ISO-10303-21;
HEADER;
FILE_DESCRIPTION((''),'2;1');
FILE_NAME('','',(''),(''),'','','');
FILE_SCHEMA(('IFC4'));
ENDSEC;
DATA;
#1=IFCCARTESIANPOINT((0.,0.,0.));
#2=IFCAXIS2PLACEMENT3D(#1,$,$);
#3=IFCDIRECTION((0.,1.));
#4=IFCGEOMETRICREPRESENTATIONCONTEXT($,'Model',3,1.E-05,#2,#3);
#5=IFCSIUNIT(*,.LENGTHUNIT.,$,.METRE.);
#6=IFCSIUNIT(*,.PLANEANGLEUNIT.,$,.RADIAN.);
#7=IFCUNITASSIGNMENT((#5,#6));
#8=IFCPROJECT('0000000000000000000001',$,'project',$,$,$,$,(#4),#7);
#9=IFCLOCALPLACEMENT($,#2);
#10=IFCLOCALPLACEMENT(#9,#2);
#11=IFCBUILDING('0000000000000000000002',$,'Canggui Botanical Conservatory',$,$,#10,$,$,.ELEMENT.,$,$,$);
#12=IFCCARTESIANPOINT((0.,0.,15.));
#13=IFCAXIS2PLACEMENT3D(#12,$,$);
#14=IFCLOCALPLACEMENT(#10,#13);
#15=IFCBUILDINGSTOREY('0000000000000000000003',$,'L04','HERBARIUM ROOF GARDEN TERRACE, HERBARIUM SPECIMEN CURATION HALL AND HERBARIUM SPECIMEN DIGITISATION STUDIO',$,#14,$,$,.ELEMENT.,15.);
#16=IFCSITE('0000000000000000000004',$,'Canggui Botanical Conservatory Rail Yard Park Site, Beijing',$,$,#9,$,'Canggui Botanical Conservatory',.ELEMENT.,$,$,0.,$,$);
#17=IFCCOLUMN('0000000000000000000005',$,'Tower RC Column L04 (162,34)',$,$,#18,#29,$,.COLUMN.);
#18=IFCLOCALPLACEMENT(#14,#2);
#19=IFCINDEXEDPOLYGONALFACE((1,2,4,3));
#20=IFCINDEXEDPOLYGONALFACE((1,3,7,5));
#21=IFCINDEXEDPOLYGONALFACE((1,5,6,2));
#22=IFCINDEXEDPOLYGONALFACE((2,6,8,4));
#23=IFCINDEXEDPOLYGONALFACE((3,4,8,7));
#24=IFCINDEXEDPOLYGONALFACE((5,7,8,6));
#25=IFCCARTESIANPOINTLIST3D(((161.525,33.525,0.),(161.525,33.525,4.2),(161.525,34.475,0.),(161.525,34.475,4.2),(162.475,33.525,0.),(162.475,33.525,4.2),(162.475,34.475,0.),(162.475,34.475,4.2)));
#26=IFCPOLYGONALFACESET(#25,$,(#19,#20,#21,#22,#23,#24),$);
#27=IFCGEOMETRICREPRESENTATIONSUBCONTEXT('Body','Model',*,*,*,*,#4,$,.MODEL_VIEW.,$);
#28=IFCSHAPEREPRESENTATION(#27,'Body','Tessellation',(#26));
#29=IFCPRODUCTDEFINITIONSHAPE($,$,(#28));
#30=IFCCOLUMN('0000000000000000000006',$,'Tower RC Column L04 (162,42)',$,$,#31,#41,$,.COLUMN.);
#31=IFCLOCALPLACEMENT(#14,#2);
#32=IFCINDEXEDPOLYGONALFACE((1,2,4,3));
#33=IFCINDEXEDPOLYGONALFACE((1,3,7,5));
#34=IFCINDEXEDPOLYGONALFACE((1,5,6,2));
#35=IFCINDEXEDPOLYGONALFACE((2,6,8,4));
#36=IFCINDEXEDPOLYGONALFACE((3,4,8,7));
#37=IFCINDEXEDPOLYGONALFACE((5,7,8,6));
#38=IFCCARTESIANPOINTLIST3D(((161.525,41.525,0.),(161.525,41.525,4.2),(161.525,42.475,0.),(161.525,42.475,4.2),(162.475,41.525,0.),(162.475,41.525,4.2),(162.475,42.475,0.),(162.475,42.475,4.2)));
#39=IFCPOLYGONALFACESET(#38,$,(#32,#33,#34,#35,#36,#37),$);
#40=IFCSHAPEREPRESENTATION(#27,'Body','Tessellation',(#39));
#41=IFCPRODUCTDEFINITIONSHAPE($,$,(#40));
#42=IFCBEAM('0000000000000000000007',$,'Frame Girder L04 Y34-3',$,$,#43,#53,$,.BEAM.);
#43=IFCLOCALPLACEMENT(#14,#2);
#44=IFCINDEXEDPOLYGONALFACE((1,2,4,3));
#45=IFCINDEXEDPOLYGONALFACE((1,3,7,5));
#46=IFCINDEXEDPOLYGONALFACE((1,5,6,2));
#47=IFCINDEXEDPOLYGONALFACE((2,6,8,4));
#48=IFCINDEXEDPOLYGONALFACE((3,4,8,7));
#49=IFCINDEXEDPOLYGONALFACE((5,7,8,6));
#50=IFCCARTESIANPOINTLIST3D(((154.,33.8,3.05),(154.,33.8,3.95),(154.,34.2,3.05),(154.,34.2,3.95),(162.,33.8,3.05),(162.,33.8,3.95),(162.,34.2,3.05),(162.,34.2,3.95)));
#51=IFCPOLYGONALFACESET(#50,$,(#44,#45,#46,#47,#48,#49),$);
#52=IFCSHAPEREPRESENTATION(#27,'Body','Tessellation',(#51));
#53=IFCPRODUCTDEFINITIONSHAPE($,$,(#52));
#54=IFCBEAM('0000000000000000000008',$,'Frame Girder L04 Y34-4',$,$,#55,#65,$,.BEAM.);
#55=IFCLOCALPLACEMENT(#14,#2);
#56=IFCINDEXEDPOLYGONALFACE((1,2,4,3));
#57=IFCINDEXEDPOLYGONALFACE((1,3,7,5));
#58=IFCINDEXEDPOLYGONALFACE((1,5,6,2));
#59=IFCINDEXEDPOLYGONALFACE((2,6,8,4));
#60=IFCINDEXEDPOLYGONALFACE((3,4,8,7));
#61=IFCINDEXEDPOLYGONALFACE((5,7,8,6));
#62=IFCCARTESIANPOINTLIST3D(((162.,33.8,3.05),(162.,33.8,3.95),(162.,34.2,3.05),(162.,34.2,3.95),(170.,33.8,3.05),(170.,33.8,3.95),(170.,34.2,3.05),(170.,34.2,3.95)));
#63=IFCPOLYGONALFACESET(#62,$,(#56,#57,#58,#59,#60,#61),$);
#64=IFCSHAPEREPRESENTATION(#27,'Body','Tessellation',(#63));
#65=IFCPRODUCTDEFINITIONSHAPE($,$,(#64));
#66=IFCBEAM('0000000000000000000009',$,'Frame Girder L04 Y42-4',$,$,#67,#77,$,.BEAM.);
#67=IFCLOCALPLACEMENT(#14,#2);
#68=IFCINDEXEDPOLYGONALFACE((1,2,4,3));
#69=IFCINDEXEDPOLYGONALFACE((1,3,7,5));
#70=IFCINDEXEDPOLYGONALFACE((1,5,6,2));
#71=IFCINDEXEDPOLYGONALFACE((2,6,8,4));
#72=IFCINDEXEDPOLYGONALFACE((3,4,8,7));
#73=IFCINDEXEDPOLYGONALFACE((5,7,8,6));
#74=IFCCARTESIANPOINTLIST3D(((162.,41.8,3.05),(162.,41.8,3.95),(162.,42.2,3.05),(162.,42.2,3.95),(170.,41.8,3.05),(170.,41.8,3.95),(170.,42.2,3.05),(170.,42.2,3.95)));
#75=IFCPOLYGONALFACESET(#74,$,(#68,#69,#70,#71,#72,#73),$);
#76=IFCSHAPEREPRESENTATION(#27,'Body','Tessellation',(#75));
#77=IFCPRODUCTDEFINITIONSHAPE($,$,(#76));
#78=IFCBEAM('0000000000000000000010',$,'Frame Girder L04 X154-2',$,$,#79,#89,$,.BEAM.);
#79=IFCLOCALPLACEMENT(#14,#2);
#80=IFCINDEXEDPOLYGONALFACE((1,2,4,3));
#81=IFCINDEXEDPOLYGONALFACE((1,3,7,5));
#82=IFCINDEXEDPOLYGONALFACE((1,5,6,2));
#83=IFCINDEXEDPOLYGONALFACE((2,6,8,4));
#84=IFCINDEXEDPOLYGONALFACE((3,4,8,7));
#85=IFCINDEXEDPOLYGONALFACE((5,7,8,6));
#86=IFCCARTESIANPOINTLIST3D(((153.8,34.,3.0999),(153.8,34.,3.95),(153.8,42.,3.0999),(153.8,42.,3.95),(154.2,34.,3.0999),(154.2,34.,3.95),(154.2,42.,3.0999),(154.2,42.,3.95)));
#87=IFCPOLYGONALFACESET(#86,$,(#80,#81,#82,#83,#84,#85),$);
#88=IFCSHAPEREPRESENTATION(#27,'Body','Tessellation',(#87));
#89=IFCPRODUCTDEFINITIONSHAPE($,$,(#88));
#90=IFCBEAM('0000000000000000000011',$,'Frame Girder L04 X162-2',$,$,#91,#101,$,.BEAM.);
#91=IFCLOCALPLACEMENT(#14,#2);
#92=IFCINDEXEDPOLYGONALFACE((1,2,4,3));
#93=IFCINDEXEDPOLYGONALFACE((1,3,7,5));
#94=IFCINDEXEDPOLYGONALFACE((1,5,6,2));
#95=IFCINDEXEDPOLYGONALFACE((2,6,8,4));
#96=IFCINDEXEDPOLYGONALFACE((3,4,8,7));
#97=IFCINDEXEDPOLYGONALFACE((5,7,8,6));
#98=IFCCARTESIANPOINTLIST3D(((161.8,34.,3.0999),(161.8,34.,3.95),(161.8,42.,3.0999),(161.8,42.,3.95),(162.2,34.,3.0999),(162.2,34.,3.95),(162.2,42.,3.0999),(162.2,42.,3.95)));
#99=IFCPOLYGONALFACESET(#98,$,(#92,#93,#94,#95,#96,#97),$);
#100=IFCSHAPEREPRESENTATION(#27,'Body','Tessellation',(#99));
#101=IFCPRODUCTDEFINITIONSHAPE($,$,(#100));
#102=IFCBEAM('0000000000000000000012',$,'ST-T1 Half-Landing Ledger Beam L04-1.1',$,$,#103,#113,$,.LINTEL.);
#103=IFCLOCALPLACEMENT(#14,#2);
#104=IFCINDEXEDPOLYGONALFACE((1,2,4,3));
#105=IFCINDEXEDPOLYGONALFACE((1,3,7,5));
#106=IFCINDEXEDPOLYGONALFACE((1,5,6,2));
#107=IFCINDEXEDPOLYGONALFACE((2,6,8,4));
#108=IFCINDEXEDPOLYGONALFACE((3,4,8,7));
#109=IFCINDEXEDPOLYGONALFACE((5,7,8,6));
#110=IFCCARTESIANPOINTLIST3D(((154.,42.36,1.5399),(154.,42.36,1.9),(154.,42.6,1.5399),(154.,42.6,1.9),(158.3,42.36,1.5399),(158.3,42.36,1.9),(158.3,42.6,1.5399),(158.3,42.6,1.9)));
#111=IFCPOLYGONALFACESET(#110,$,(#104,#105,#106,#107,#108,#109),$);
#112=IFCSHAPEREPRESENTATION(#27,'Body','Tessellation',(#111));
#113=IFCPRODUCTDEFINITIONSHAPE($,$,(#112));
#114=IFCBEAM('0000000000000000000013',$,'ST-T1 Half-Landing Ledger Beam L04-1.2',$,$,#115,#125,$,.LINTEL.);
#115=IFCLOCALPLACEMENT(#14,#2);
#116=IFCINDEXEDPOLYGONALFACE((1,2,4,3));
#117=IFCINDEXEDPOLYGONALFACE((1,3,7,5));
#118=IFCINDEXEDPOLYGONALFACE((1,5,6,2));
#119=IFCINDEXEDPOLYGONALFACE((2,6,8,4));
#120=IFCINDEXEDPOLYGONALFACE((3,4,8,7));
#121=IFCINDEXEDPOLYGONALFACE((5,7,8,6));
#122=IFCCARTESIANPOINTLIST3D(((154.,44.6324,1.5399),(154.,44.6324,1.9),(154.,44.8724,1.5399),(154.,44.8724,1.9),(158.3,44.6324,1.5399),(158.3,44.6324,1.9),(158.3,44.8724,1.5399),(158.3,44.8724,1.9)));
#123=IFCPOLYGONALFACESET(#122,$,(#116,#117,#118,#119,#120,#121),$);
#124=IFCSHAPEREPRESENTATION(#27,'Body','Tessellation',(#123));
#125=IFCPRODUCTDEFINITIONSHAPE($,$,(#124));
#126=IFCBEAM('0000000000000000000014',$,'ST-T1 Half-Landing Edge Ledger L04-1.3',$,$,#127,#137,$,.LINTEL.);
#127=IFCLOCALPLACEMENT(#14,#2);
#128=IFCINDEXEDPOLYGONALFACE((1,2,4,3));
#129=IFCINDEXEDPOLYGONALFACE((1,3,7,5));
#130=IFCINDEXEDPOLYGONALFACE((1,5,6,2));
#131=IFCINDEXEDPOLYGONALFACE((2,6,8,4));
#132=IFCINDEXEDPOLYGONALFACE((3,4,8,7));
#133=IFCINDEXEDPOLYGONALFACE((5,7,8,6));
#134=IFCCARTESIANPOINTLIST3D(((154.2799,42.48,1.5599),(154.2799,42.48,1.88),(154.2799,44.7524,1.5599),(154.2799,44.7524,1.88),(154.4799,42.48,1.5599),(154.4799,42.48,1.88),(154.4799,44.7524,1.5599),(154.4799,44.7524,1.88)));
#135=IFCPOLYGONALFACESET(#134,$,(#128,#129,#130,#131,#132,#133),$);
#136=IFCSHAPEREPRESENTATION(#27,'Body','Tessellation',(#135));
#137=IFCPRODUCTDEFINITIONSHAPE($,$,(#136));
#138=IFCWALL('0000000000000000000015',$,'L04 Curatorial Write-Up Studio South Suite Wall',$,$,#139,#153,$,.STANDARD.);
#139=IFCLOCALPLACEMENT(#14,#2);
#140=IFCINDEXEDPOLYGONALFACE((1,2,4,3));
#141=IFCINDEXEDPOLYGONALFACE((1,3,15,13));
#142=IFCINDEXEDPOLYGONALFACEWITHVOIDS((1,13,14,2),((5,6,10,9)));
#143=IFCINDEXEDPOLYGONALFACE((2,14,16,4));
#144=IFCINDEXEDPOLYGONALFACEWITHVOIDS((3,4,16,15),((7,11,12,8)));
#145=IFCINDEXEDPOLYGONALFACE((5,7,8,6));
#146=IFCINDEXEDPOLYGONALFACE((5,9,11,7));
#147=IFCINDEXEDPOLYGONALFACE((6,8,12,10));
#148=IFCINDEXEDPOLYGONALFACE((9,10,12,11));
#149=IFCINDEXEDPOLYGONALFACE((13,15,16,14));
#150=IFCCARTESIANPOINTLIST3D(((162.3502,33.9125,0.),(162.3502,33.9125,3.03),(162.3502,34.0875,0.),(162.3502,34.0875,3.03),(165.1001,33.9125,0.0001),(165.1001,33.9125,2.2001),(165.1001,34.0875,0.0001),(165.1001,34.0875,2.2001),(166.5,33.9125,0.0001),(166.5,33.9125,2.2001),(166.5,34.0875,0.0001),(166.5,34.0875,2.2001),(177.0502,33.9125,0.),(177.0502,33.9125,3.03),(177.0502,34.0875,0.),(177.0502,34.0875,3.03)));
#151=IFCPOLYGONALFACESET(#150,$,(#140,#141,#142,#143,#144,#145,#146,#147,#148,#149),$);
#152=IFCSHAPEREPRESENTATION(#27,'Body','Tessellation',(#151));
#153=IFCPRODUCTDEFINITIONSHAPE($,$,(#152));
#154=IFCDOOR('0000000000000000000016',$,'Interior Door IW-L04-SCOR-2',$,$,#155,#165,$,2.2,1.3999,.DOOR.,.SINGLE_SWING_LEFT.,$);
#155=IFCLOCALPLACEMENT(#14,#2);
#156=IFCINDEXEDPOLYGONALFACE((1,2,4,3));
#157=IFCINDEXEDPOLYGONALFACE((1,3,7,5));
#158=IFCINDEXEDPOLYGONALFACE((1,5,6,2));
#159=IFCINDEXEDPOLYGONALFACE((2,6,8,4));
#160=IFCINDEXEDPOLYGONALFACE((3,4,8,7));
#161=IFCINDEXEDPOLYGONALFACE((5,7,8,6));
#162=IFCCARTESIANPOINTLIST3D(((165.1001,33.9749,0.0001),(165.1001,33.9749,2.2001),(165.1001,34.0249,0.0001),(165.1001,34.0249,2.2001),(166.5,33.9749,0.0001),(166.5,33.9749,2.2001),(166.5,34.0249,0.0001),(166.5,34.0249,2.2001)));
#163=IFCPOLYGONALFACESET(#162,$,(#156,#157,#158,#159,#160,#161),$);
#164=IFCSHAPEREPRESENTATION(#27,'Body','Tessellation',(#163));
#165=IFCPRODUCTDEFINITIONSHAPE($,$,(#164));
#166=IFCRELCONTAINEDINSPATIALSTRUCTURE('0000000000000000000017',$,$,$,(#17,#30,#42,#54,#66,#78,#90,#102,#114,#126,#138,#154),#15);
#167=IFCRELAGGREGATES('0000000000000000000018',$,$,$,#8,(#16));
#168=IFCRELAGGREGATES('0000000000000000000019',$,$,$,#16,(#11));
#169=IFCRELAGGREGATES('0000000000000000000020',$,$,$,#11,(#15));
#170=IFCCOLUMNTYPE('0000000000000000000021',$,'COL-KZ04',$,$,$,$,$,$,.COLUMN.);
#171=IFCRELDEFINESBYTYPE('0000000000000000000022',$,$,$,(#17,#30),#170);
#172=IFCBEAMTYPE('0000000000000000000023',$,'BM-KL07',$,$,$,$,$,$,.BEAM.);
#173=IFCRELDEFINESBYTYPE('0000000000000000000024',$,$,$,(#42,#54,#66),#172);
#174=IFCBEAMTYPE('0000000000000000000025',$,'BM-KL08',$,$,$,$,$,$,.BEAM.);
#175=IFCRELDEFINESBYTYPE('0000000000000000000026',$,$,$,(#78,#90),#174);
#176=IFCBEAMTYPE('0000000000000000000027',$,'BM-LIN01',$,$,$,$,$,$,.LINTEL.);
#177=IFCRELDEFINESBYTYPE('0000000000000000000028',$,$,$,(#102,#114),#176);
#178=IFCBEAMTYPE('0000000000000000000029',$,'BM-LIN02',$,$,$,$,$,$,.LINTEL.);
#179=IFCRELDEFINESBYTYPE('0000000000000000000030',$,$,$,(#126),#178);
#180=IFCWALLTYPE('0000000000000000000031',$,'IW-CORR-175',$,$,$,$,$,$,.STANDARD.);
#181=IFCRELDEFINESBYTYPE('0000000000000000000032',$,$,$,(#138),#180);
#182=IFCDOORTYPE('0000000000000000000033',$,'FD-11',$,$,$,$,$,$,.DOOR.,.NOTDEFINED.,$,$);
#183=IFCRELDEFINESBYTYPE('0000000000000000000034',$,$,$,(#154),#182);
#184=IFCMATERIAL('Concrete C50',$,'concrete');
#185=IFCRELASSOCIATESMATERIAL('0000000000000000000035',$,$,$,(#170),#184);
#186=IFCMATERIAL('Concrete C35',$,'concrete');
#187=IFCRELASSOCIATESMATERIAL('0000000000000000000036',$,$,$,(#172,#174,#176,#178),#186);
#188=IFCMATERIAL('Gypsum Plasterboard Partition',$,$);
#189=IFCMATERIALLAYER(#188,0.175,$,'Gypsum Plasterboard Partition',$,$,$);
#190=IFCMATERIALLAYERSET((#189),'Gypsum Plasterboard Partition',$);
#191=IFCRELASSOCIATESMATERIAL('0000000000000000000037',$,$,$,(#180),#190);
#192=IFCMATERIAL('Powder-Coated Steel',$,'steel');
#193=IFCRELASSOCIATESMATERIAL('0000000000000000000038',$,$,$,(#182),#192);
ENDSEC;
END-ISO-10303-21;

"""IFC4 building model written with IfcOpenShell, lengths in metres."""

from ifc_helpers import new_model, si_unit, direction, frame, frame_2d, origin, origin_2d, place, context, subcontext, project, spatial, rectangle, extrude, material, layer, layer_set, material_profile, profile_set, type_object, element, fill, save


model = new_model("IFC4")

# Units and contexts
model_context = context("Model", 3, precision=1e-05, world=origin(), true_north=direction((0.0, 1.0)))
body_context = subcontext(model_context, "Body", "Model", "MODEL_VIEW")
ifc_project = project(units=[si_unit("LENGTHUNIT", "METRE"), si_unit("PLANEANGLEUNIT", "RADIAN")], contexts=[model_context])

# Site, building, storey
site_placement = place(None, origin())
site = spatial("IfcSite", under=ifc_project, at=site_placement, Name="Canggui Botanical Conservatory Rail Yard Park Site, Beijing", LongName="Canggui Botanical Conservatory", CompositionType="ELEMENT", RefElevation=0.0)
building_placement = place(site_placement, origin())
building = spatial("IfcBuilding", under=site, at=building_placement, Name="Canggui Botanical Conservatory", CompositionType="ELEMENT")
storey_placement = place(building_placement, frame((0.0, 0.0, 15.0)))
storey = spatial("IfcBuildingStorey", under=building, at=storey_placement, Name="L04", Description="HERBARIUM ROOF GARDEN TERRACE, HERBARIUM SPECIMEN CURATION HALL AND HERBARIUM SPECIMEN DIGITISATION STUDIO", CompositionType="ELEMENT", Elevation=15.0)

# Columns
ifc_material_1 = material(Name="Concrete C50", Category="concrete")
ifc_material_profile_1 = material_profile(ifc_material_1, rectangle(XDim=0.95, YDim=0.95, at=origin_2d()), Name="RC 950x950")
ifc_profile_set_1 = profile_set([ifc_material_profile_1], Name="Concrete C50")
column_type = type_object("IfcColumnType", Name="COL-KZ04", PredefinedType="COLUMN", material=ifc_profile_set_1)
for number, where, z_axis, x_axis, name in (
    (1, (162.0, 34.0, 0.0), (0.0, 0.0, 1.0), (1.0, 0.0, 0.0), "Tower RC Column L04 (162,34)"),
    (2, (162.0, 42.0, 0.0), (0.0, 0.0, 1.0), (1.0, 0.0, 0.0), "Tower RC Column L04 (162,42)"),
):
    element("IfcColumn", number, at=place(storey_placement, frame(where, z_axis=z_axis, x_axis=x_axis)), inside=storey, type_object=column_type, Name=name, PredefinedType="COLUMN", context=body_context, shape_type="SweptSolid", body=[
        extrude(rectangle(XDim=0.95, YDim=0.95, at=origin_2d()), origin(), (0.0, 0.0, 1.0), 4.2),
    ])

# Beams
ifc_material_2 = material(Name="Concrete C35", Category="concrete")
ifc_material_profile_2 = material_profile(ifc_material_2, rectangle(XDim=0.3999, YDim=0.8999, at=origin_2d()), Name="RB 400x900")
ifc_profile_set_2 = profile_set([ifc_material_profile_2], Name="Concrete C35")
beam_type_1 = type_object("IfcBeamType", Name="BM-KL07", PredefinedType="BEAM", material=ifc_profile_set_2)
for number, where, z_axis, x_axis, name in (
    (3, (154.0, 34.0, 3.5), (1.0, 0.0, 0.0), (0.0, 1.0, 0.0), "Frame Girder L04 Y34-3"),
    (4, (162.0, 34.0, 3.5), (1.0, 0.0, 0.0), (0.0, 1.0, 0.0), "Frame Girder L04 Y34-4"),
    (5, (162.0, 42.0, 3.5), (1.0, 0.0, 0.0), (0.0, 1.0, 0.0), "Frame Girder L04 Y42-4"),
):
    element("IfcBeam", number, at=place(storey_placement, frame(where, z_axis=z_axis, x_axis=x_axis)), inside=storey, type_object=beam_type_1, Name=name, PredefinedType="BEAM", context=body_context, shape_type="SweptSolid", body=[
        extrude(rectangle(XDim=0.3999, YDim=0.8999, at=origin_2d()), origin(), (0.0, 0.0, 1.0), 8.0),
    ])
ifc_material_profile_3 = material_profile(ifc_material_2, rectangle(XDim=0.3999, YDim=0.8501, at=origin_2d()), Name="RB 400x850")
ifc_profile_set_3 = profile_set([ifc_material_profile_3], Name="Concrete C35")
beam_type_2 = type_object("IfcBeamType", Name="BM-KL08", PredefinedType="BEAM", material=ifc_profile_set_3)
for number, where, z_axis, x_axis, name in (
    (6, (154.0, 34.0, 3.5249), (0.0, 1.0, 0.0), (-1.0, 0.0, 0.0), "Frame Girder L04 X154-2"),
    (7, (162.0, 34.0, 3.5249), (0.0, 1.0, 0.0), (-1.0, 0.0, 0.0), "Frame Girder L04 X162-2"),
):
    element("IfcBeam", number, at=place(storey_placement, frame(where, z_axis=z_axis, x_axis=x_axis)), inside=storey, type_object=beam_type_2, Name=name, PredefinedType="BEAM", context=body_context, shape_type="SweptSolid", body=[
        extrude(rectangle(XDim=0.3999, YDim=0.8501, at=origin_2d()), origin(), (0.0, 0.0, 1.0), 8.0),
    ])
ifc_material_profile_4 = material_profile(ifc_material_2, rectangle(XDim=0.24, YDim=0.3601, at=origin_2d()), Name="RB 240x360")
ifc_profile_set_4 = profile_set([ifc_material_profile_4], Name="Concrete C35")
beam_type_3 = type_object("IfcBeamType", Name="BM-LIN01", PredefinedType="LINTEL", material=ifc_profile_set_4)
for number, where, z_axis, x_axis, name in (
    (8, (154.0, 42.48, 1.72), (1.0, 0.0, 0.0), (0.0, 1.0, 0.0), "ST-T1 Half-Landing Ledger Beam L04-1.1"),
    (9, (154.0, 44.7524, 1.72), (1.0, 0.0, 0.0), (0.0, 1.0, 0.0), "ST-T1 Half-Landing Ledger Beam L04-1.2"),
):
    element("IfcBeam", number, at=place(storey_placement, frame(where, z_axis=z_axis, x_axis=x_axis)), inside=storey, type_object=beam_type_3, Name=name, PredefinedType="LINTEL", context=body_context, shape_type="SweptSolid", body=[
        extrude(rectangle(XDim=0.24, YDim=0.3601, at=origin_2d()), origin(), (0.0, 0.0, 1.0), 4.3),
    ])
ifc_material_profile_5 = material_profile(ifc_material_2, rectangle(XDim=0.2, YDim=0.3201, at=origin_2d()), Name="RB 200x320")
ifc_profile_set_5 = profile_set([ifc_material_profile_5], Name="Concrete C35")
beam_type_4 = type_object("IfcBeamType", Name="BM-LIN02", PredefinedType="LINTEL", material=ifc_profile_set_5)
beam_placement = place(storey_placement, frame((154.3799, 42.48, 1.72), z_axis=(0.0, 1.0, 0.0), x_axis=(-1.0, 0.0, 0.0)))
element("IfcBeam", 10, at=beam_placement, inside=storey, type_object=beam_type_4, Name="ST-T1 Half-Landing Edge Ledger L04-1.3", PredefinedType="LINTEL", context=body_context, shape_type="SweptSolid", body=[
    extrude(rectangle(XDim=0.2, YDim=0.3201, at=origin_2d()), origin(), (0.0, 0.0, 1.0), 2.2725),
])

# Wall, opening, door
ifc_material_3 = material(Name="Gypsum Plasterboard Partition")
ifc_layer_1 = layer(ifc_material_3, 0.175, Name="Gypsum Plasterboard Partition")
ifc_layer_set_1 = layer_set([ifc_layer_1], Name="Gypsum Plasterboard Partition")
wall_type_1 = type_object("IfcWallType", Name="IW-CORR-175", PredefinedType="STANDARD", material=ifc_layer_set_1)
wall_1_placement = place(storey_placement, frame((162.3501, 34.0, 0.0), z_axis=(0.0, 0.0, 1.0), x_axis=(1.0, 0.0, 0.0)))
wall_1 = element("IfcWall", 11, at=wall_1_placement, inside=storey, type_object=wall_type_1, Name="L04 Curatorial Write-Up Studio South Suite Wall", PredefinedType="STANDARD", context=body_context, shape_type="SweptSolid", body=[
    extrude(rectangle(XDim=14.7, YDim=0.175, at=frame_2d((7.3501, 0.0))), origin(), (0.0, 0.0, 1.0), 3.03),
])
opening_1_placement = place(wall_1_placement, frame((2.75, 0.0, 0.0)))
opening_1 = element("IfcOpeningElement", 12, at=opening_1_placement, cuts=wall_1, PredefinedType="OPENING", context=body_context, shape_type="SweptSolid", body=[
    extrude(rectangle(XDim=1.3999, YDim=2.2, at=frame_2d((0.7, 1.1001))), frame((0.0, 0.0977, 0.0), z_axis=(0.0, -1.0, 0.0), x_axis=(1.0, 0.0, 0.0)), (0.0, 0.0, 1.0), 0.1951),
])
ifc_material_4 = material(Name="Powder-Coated Steel", Category="steel")
door_type_1 = type_object("IfcDoorType", Name="FD-11", OperationType="NOTDEFINED", PredefinedType="DOOR", material=ifc_material_4)
door_1_placement = place(opening_1_placement, origin())
door_1 = element("IfcDoor", 13, at=door_1_placement, inside=storey, type_object=door_type_1, Name="Interior Door IW-L04-SCOR-2", OperationType="SINGLE_SWING_LEFT", OverallHeight=2.2, OverallWidth=1.3999, PredefinedType="DOOR", context=body_context, shape_type="SweptSolid", body=[
    extrude(rectangle(XDim=1.3999, YDim=2.2, at=frame_2d((0.7, 1.1001))), frame((0.0, 0.0249, 0.0), z_axis=(0.0, -1.0, 0.0), x_axis=(1.0, 0.0, 0.0)), (0.0, 0.0, 1.0), 0.05),
])
fill(opening_1, door_1)

save(model, "model.ifc")
